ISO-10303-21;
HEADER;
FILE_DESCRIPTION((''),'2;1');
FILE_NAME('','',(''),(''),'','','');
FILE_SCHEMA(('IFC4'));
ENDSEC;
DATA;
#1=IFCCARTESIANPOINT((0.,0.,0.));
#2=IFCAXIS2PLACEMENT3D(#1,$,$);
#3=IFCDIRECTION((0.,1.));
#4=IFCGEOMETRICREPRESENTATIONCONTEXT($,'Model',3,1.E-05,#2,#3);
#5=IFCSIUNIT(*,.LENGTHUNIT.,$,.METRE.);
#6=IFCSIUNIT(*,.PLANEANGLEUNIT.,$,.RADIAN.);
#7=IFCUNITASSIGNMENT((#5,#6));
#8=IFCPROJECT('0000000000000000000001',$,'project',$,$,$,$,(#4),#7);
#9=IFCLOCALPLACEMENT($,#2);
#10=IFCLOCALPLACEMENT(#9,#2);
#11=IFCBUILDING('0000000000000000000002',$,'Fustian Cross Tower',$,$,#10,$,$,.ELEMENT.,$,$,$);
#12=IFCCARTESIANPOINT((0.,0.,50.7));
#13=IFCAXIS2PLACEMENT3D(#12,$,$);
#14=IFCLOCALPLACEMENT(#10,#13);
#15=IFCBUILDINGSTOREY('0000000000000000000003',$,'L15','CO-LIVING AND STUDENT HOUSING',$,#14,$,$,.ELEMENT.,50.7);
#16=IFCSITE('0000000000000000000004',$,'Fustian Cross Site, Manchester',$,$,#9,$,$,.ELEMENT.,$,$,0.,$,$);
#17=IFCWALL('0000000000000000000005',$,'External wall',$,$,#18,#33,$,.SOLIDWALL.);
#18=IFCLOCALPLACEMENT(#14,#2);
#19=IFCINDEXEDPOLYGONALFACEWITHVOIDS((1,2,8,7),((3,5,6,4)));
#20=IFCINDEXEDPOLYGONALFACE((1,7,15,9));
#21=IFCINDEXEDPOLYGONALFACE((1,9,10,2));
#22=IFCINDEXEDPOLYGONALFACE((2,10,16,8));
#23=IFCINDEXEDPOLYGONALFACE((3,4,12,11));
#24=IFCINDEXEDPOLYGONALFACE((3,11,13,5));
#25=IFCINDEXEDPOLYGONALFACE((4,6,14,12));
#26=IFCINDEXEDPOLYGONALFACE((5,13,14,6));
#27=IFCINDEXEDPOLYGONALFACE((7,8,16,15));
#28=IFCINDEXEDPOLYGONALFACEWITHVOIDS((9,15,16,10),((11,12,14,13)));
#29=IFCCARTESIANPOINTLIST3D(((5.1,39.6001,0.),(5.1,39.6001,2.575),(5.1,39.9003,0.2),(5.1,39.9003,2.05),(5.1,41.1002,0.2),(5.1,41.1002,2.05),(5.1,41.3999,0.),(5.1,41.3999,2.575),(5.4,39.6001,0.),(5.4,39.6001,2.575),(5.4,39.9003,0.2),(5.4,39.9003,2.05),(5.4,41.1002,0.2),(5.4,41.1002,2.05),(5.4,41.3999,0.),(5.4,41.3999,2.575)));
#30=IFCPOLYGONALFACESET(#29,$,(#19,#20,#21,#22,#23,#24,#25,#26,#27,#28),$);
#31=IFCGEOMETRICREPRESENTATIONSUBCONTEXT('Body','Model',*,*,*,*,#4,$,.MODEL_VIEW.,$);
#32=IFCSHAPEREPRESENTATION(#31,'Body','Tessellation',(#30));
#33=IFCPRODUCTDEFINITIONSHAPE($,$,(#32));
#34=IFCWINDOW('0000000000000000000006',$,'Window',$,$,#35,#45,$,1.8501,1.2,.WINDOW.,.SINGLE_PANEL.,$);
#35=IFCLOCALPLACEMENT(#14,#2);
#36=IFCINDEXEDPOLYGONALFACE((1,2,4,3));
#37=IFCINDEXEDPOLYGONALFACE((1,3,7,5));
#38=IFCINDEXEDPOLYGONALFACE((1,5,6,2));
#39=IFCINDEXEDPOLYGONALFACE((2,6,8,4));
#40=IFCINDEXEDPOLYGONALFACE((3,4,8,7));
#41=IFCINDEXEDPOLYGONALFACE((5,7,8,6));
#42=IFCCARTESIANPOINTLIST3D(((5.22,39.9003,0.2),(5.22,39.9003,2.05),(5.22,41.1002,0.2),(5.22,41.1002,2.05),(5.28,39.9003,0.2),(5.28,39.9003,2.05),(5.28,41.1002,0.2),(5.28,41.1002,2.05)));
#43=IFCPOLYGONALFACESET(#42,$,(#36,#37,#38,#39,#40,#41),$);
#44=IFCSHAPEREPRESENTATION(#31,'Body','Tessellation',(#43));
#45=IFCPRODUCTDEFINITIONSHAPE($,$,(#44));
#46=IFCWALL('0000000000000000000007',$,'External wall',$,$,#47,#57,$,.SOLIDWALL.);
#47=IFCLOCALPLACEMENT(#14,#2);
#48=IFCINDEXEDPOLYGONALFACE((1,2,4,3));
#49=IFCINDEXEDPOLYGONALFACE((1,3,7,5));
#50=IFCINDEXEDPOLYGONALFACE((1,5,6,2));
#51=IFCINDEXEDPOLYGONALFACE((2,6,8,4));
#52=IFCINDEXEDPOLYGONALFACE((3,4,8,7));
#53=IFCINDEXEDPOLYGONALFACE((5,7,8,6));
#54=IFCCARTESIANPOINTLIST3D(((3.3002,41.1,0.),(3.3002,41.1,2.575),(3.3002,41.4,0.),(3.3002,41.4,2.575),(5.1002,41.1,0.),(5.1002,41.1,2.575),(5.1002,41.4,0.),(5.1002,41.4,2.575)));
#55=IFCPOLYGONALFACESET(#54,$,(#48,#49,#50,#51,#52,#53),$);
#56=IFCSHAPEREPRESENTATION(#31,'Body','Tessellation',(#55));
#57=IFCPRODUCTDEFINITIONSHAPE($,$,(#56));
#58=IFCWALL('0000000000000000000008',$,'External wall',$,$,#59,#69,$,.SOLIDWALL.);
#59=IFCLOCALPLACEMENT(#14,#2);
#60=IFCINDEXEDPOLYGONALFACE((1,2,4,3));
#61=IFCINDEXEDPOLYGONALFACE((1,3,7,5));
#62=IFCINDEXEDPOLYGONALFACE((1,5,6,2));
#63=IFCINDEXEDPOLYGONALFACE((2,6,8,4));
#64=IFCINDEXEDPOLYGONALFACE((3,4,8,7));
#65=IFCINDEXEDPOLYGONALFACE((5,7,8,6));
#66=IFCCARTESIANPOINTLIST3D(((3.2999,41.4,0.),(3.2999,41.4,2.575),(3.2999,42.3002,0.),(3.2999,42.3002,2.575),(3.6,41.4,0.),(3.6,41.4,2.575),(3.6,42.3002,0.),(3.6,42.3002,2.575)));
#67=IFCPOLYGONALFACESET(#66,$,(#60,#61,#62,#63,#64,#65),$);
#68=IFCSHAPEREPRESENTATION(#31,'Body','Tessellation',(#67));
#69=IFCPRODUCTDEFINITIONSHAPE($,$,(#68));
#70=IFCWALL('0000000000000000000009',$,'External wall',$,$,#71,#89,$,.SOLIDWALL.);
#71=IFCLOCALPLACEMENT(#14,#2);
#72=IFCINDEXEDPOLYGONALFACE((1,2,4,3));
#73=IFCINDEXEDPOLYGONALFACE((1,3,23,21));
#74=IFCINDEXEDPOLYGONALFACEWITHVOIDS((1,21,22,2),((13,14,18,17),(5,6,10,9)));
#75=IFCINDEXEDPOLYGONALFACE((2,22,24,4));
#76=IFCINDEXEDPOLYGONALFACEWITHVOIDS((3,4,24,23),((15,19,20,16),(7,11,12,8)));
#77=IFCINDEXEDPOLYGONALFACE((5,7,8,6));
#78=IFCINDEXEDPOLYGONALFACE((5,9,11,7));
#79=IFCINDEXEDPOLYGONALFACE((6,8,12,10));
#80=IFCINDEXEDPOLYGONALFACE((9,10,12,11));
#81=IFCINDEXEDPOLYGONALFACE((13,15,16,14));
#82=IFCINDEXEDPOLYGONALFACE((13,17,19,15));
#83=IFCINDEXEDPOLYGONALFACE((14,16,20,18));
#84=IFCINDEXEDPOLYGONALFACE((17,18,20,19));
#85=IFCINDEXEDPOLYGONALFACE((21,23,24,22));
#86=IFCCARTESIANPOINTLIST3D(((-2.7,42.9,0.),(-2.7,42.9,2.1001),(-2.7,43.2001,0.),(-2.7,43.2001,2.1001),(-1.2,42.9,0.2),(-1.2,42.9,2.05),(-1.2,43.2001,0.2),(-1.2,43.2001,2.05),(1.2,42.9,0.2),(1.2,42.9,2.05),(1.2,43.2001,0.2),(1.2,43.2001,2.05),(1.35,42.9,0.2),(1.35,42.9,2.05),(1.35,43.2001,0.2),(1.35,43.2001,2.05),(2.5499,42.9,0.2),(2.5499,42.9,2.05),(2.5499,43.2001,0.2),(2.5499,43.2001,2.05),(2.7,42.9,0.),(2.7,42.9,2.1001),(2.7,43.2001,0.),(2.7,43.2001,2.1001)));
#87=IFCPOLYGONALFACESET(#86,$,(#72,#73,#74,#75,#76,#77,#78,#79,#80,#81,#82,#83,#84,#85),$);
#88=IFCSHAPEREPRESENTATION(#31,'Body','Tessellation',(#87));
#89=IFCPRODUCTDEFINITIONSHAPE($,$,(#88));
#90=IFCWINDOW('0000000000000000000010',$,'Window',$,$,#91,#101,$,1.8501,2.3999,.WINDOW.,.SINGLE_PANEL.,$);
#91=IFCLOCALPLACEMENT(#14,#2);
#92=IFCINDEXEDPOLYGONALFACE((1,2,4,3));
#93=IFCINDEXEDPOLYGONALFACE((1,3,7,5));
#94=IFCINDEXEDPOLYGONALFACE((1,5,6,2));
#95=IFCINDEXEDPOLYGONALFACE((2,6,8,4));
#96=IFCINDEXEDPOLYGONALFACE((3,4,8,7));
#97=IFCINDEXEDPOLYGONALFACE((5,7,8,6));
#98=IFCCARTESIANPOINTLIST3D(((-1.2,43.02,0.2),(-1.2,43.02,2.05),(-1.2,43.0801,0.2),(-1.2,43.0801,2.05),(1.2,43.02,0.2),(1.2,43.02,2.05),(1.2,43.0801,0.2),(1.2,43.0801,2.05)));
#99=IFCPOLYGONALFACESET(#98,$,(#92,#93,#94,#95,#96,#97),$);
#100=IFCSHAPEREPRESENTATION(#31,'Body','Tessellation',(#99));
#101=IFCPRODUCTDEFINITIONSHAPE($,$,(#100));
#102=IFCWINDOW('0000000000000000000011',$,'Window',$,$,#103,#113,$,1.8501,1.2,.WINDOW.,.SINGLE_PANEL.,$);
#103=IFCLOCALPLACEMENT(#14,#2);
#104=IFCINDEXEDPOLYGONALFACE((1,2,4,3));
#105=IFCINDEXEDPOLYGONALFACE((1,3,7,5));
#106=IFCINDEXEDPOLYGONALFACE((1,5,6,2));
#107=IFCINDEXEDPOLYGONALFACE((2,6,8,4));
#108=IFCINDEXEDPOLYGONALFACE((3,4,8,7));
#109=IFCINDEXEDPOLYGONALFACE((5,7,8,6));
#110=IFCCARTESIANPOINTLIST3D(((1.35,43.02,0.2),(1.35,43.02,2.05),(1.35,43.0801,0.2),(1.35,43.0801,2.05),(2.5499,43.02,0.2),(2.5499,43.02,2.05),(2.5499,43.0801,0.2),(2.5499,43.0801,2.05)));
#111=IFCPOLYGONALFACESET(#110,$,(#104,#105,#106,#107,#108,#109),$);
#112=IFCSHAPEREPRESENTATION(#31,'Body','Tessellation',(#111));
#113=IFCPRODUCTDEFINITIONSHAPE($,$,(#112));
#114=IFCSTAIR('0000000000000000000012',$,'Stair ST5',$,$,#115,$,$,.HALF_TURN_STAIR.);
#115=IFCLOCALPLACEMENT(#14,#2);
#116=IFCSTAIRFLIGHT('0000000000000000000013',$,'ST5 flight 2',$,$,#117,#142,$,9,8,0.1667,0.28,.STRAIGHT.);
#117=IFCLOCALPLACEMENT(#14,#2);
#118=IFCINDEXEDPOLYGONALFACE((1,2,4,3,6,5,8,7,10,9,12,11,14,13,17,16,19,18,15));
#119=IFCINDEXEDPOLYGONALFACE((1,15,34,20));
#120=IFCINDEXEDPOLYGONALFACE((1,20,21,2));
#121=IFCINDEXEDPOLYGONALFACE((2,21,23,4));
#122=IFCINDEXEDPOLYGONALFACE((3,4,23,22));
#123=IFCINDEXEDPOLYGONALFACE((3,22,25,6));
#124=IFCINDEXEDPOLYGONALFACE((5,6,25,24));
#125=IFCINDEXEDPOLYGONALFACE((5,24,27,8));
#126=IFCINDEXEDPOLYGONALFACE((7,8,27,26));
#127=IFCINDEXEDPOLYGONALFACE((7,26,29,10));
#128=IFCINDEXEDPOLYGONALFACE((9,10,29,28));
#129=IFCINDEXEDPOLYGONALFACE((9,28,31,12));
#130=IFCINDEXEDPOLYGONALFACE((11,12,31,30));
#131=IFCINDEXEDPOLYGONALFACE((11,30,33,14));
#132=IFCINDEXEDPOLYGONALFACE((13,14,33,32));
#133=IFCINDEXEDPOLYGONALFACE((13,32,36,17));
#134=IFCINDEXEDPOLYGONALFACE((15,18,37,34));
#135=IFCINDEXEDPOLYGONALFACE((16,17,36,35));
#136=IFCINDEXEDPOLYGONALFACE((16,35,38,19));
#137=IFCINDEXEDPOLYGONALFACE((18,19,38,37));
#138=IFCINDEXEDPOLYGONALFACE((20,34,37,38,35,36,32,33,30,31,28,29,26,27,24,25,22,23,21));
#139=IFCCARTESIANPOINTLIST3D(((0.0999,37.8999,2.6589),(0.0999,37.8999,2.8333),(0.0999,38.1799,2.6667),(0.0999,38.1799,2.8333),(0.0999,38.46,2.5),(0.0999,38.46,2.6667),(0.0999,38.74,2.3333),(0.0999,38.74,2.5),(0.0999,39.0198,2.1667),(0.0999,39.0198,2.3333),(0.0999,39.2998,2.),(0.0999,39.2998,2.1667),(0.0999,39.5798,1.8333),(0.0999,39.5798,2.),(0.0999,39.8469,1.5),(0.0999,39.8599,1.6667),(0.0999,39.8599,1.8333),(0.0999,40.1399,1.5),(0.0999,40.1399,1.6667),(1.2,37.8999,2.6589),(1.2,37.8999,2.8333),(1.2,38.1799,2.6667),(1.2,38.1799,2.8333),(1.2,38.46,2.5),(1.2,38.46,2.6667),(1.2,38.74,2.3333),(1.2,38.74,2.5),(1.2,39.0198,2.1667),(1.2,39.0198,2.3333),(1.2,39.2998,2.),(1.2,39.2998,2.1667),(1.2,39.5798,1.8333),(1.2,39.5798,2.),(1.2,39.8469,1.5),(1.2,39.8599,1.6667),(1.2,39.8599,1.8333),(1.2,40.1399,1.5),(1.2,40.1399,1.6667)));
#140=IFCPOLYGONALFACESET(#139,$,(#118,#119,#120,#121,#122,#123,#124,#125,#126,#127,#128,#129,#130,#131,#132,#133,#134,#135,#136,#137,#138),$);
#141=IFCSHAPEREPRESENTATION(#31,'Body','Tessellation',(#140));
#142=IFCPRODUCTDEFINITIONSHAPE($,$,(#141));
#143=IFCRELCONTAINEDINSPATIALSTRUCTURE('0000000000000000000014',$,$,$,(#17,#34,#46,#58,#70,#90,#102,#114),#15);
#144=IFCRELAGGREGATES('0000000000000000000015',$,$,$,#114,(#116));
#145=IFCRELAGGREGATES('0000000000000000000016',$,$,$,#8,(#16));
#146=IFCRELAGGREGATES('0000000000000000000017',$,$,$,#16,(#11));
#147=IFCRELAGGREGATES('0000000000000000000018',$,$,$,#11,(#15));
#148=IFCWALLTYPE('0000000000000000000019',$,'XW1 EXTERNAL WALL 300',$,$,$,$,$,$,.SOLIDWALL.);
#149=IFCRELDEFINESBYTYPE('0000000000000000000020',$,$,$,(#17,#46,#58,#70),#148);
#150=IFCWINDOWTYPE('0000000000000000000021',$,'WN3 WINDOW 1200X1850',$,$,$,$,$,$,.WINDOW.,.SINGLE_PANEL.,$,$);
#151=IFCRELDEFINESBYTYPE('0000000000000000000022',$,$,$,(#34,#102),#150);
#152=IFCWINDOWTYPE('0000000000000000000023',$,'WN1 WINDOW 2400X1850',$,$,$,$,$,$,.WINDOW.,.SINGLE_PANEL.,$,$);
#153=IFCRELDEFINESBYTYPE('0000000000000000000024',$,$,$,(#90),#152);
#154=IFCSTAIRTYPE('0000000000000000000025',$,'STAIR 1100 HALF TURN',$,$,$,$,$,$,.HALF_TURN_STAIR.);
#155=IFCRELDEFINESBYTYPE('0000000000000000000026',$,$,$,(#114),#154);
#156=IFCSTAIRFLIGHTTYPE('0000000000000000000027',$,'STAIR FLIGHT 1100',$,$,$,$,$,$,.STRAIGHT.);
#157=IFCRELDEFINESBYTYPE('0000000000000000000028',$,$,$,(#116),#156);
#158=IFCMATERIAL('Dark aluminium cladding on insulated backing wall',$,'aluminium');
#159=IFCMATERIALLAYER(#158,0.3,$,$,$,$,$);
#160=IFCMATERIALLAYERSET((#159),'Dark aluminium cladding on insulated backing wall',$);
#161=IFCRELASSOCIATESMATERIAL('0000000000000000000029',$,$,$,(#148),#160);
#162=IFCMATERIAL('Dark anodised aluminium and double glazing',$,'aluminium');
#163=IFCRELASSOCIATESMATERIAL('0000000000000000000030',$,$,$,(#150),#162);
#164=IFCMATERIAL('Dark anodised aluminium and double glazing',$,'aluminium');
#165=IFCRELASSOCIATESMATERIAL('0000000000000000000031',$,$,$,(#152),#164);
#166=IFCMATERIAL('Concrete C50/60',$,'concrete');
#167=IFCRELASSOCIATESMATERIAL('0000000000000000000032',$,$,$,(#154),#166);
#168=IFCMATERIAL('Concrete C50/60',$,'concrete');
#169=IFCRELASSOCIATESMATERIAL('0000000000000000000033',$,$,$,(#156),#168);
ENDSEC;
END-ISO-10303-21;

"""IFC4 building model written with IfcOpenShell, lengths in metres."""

from ifc_helpers import new_model, si_unit, direction, frame, frame_2d, origin, place, context, subcontext, project, spatial, polyline, rectangle, outline, extrude, material, layer, layer_set, type_object, element, fill, aggregate, save


model = new_model("IFC4")

# Units and contexts
model_context = context("Model", 3, precision=1e-05, world=origin(), true_north=direction((0.0, 1.0)))
body_context = subcontext(model_context, "Body", "Model", "MODEL_VIEW")
ifc_project = project(units=[si_unit("LENGTHUNIT", "METRE"), si_unit("PLANEANGLEUNIT", "RADIAN")], contexts=[model_context])

# Site, building, storey
site_placement = place(None, origin())
site = spatial("IfcSite", under=ifc_project, at=site_placement, Name="Fustian Cross Site, Manchester", CompositionType="ELEMENT", RefElevation=0.0)
building_placement = place(site_placement, origin())
building = spatial("IfcBuilding", under=site, at=building_placement, Name="Fustian Cross Tower", CompositionType="ELEMENT")
storey_placement = place(building_placement, frame((0.0, 0.0, 50.7)))
storey = spatial("IfcBuildingStorey", under=building, at=storey_placement, Name="L15", Description="CO-LIVING AND STUDENT HOUSING", CompositionType="ELEMENT", Elevation=50.7)

# Wall, opening, window
ifc_material_1 = material(Name="Dark aluminium cladding on insulated backing wall", Category="aluminium")
ifc_layer_1 = layer(ifc_material_1, 0.3)
ifc_layer_set_1 = layer_set([ifc_layer_1], Name="Dark aluminium cladding on insulated backing wall")
wall_type_1 = type_object("IfcWallType", Name="XW1 EXTERNAL WALL 300", PredefinedType="SOLIDWALL", material=ifc_layer_set_1)
wall_1_placement = place(storey_placement, frame((5.25, 39.6001, 0.0), z_axis=(0.0, 0.0, 1.0), x_axis=(0.0, 1.0, 0.0)))
wall_1 = element("IfcWall", 1, at=wall_1_placement, inside=storey, type_object=wall_type_1, Name="External wall", PredefinedType="SOLIDWALL", context=body_context, shape_type="SweptSolid", body=[
    extrude(rectangle(XDim=1.7998, YDim=0.3, at=frame_2d((0.8999, 0.0))), origin(), (0.0, 0.0, 1.0), 2.575),
])
opening_1_placement = place(wall_1_placement, frame((0.3, 0.0, 0.2)))
opening_1 = element("IfcOpeningElement", 2, at=opening_1_placement, cuts=wall_1, PredefinedType="OPENING", context=body_context, shape_type="SweptSolid", body=[
    extrude(rectangle(XDim=1.2, YDim=1.8501, at=frame_2d((0.6001, 0.925))), frame((0.0, 0.1599, 0.0), z_axis=(0.0, -1.0, 0.0), x_axis=(1.0, 0.0, 0.0)), (0.0, 0.0, 1.0), 0.3201),
])
ifc_material_2 = material(Name="Dark anodised aluminium and double glazing", Category="aluminium")
window_type_1 = type_object("IfcWindowType", Name="WN3 WINDOW 1200X1850", PartitioningType="SINGLE_PANEL", PredefinedType="WINDOW", material=ifc_material_2)
window_1_placement = place(opening_1_placement, origin())
window_1 = element("IfcWindow", 3, at=window_1_placement, inside=storey, type_object=window_type_1, Name="Window", OverallHeight=1.8501, OverallWidth=1.2, PartitioningType="SINGLE_PANEL", PredefinedType="WINDOW", context=body_context, shape_type="SweptSolid", body=[
    extrude(rectangle(XDim=1.2, YDim=1.8501, at=frame_2d((0.6001, 0.925))), frame((0.0, 0.03, 0.0), z_axis=(0.0, -1.0, 0.0), x_axis=(1.0, 0.0, 0.0)), (0.0, 0.0, 1.0), 0.0601),
])
fill(opening_1, window_1)

# Walls
wall_2_placement = place(storey_placement, frame((5.1001, 41.25, 0.0), z_axis=(0.0, 0.0, 1.0), x_axis=(-1.0, 0.0, 0.0)))
element("IfcWall", 4, at=wall_2_placement, inside=storey, type_object=wall_type_1, Name="External wall", PredefinedType="SOLIDWALL", context=body_context, shape_type="SweptSolid", body=[
    extrude(rectangle(XDim=1.8, YDim=0.3, at=frame_2d((0.8999, 0.0))), origin(), (0.0, 0.0, 1.0), 2.575),
])
wall_3_placement = place(storey_placement, frame((3.45, 41.3999, 0.0), z_axis=(0.0, 0.0, 1.0), x_axis=(0.0, 1.0, 0.0)))
element("IfcWall", 5, at=wall_3_placement, inside=storey, type_object=wall_type_1, Name="External wall", PredefinedType="SOLIDWALL", context=body_context, shape_type="SweptSolid", body=[
    extrude(rectangle(XDim=0.9001, YDim=0.3, at=frame_2d((0.4502, 0.0))), origin(), (0.0, 0.0, 1.0), 2.575),
])

# Wall, openings, windows
wall_4_placement = place(storey_placement, frame((2.7, 43.05, 0.0), z_axis=(0.0, 0.0, 1.0), x_axis=(-1.0, 0.0, 0.0)))
wall_4 = element("IfcWall", 6, at=wall_4_placement, inside=storey, type_object=wall_type_1, Name="External wall", PredefinedType="SOLIDWALL", context=body_context, shape_type="SweptSolid", body=[
    extrude(rectangle(XDim=5.3999, YDim=0.3, at=frame_2d((2.7, 0.0))), origin(), (0.0, 0.0, 1.0), 2.1001),
])
opening_2_placement = place(wall_4_placement, frame((1.5, 0.0, 0.2)))
opening_2 = element("IfcOpeningElement", 7, at=opening_2_placement, cuts=wall_4, PredefinedType="OPENING", context=body_context, shape_type="SweptSolid", body=[
    extrude(rectangle(XDim=2.3999, YDim=1.8501, at=frame_2d((1.2, 0.925))), frame((0.0, 0.1599, 0.0), z_axis=(0.0, -1.0, 0.0), x_axis=(1.0, 0.0, 0.0)), (0.0, 0.0, 1.0), 0.3201),
])
opening_3_placement = place(wall_4_placement, frame((0.1499, 0.0, 0.2)))
opening_3 = element("IfcOpeningElement", 8, at=opening_3_placement, cuts=wall_4, PredefinedType="OPENING", context=body_context, shape_type="SweptSolid", body=[
    extrude(rectangle(XDim=1.2, YDim=1.8501, at=frame_2d((0.6001, 0.925))), frame((0.0, 0.1599, 0.0), z_axis=(0.0, -1.0, 0.0), x_axis=(1.0, 0.0, 0.0)), (0.0, 0.0, 1.0), 0.3201),
])
ifc_material_3 = material(Name="Dark anodised aluminium and double glazing", Category="aluminium")
window_type_2 = type_object("IfcWindowType", Name="WN1 WINDOW 2400X1850", PartitioningType="SINGLE_PANEL", PredefinedType="WINDOW", material=ifc_material_3)
window_2_placement = place(opening_2_placement, origin())
window_2 = element("IfcWindow", 9, at=window_2_placement, inside=storey, type_object=window_type_2, Name="Window", OverallHeight=1.8501, OverallWidth=2.3999, PartitioningType="SINGLE_PANEL", PredefinedType="WINDOW", context=body_context, shape_type="SweptSolid", body=[
    extrude(rectangle(XDim=2.3999, YDim=1.8501, at=frame_2d((1.2, 0.925))), frame((0.0, 0.03, 0.0), z_axis=(0.0, -1.0, 0.0), x_axis=(1.0, 0.0, 0.0)), (0.0, 0.0, 1.0), 0.0601),
])
fill(opening_2, window_2)
window_3_placement = place(opening_3_placement, origin())
window_3 = element("IfcWindow", 10, at=window_3_placement, inside=storey, type_object=window_type_1, Name="Window", OverallHeight=1.8501, OverallWidth=1.2, PartitioningType="SINGLE_PANEL", PredefinedType="WINDOW", context=body_context, shape_type="SweptSolid", body=[
    extrude(rectangle(XDim=1.2, YDim=1.8501, at=frame_2d((0.6001, 0.925))), frame((0.0, 0.03, 0.0), z_axis=(0.0, -1.0, 0.0), x_axis=(1.0, 0.0, 0.0)), (0.0, 0.0, 1.0), 0.0601),
])
fill(opening_3, window_3)

# Stair, stair flight
ifc_material_4 = material(Name="Concrete C50/60", Category="concrete")
stair_type = type_object("IfcStairType", Name="STAIR 1100 HALF TURN", PredefinedType="HALF_TURN_STAIR", material=ifc_material_4)
stair_placement = place(storey_placement, origin())
stair = element("IfcStair", 11, at=stair_placement, inside=storey, type_object=stair_type, Name="Stair ST5", PredefinedType="HALF_TURN_STAIR")
ifc_material_5 = material(Name="Concrete C50/60", Category="concrete")
stair_flight_type = type_object("IfcStairFlightType", Name="STAIR FLIGHT 1100", PredefinedType="STRAIGHT", material=ifc_material_5)
stair_flight_placement = place(storey_placement, frame((0.6499, 40.1399, 1.5), z_axis=(0.0, 0.0, 1.0), x_axis=(0.0, -1.0, 0.0)))
stair_flight = element("IfcStairFlight", 12, at=stair_flight_placement, type_object=stair_flight_type, Name="ST5 flight 2", NumberOfRisers=9, NumberOfTreads=8, PredefinedType="STRAIGHT", RiserHeight=0.1667, TreadLength=0.28, context=body_context, shape_type="SweptSolid", body=[
    extrude(outline(polyline([(0.0, 0.0), (0.0, 0.1667), (0.28, 0.1667), (0.28, 0.3333), (0.5601, 0.3333), (0.5601, 0.5), (0.8401, 0.5), (0.8401, 0.6667), (1.1201, 0.6667), (1.1201, 0.8333), (1.3999, 0.8333), (1.3999, 1.0), (1.6799, 1.0), (1.6799, 1.1667), (1.96, 1.1667), (1.96, 1.3333), (2.24, 1.3333), (2.24, 1.5), (2.24, 1.1589), (0.293, 0.0), (0.0, 0.0)])), frame((0.0, 0.55, 0.0), z_axis=(0.0, -1.0, 0.0), x_axis=(1.0, 0.0, 0.0)), (0.0, 0.0, 1.0), 1.1001),
])
aggregate(stair, [stair_flight])

save(model, "model.ifc")
